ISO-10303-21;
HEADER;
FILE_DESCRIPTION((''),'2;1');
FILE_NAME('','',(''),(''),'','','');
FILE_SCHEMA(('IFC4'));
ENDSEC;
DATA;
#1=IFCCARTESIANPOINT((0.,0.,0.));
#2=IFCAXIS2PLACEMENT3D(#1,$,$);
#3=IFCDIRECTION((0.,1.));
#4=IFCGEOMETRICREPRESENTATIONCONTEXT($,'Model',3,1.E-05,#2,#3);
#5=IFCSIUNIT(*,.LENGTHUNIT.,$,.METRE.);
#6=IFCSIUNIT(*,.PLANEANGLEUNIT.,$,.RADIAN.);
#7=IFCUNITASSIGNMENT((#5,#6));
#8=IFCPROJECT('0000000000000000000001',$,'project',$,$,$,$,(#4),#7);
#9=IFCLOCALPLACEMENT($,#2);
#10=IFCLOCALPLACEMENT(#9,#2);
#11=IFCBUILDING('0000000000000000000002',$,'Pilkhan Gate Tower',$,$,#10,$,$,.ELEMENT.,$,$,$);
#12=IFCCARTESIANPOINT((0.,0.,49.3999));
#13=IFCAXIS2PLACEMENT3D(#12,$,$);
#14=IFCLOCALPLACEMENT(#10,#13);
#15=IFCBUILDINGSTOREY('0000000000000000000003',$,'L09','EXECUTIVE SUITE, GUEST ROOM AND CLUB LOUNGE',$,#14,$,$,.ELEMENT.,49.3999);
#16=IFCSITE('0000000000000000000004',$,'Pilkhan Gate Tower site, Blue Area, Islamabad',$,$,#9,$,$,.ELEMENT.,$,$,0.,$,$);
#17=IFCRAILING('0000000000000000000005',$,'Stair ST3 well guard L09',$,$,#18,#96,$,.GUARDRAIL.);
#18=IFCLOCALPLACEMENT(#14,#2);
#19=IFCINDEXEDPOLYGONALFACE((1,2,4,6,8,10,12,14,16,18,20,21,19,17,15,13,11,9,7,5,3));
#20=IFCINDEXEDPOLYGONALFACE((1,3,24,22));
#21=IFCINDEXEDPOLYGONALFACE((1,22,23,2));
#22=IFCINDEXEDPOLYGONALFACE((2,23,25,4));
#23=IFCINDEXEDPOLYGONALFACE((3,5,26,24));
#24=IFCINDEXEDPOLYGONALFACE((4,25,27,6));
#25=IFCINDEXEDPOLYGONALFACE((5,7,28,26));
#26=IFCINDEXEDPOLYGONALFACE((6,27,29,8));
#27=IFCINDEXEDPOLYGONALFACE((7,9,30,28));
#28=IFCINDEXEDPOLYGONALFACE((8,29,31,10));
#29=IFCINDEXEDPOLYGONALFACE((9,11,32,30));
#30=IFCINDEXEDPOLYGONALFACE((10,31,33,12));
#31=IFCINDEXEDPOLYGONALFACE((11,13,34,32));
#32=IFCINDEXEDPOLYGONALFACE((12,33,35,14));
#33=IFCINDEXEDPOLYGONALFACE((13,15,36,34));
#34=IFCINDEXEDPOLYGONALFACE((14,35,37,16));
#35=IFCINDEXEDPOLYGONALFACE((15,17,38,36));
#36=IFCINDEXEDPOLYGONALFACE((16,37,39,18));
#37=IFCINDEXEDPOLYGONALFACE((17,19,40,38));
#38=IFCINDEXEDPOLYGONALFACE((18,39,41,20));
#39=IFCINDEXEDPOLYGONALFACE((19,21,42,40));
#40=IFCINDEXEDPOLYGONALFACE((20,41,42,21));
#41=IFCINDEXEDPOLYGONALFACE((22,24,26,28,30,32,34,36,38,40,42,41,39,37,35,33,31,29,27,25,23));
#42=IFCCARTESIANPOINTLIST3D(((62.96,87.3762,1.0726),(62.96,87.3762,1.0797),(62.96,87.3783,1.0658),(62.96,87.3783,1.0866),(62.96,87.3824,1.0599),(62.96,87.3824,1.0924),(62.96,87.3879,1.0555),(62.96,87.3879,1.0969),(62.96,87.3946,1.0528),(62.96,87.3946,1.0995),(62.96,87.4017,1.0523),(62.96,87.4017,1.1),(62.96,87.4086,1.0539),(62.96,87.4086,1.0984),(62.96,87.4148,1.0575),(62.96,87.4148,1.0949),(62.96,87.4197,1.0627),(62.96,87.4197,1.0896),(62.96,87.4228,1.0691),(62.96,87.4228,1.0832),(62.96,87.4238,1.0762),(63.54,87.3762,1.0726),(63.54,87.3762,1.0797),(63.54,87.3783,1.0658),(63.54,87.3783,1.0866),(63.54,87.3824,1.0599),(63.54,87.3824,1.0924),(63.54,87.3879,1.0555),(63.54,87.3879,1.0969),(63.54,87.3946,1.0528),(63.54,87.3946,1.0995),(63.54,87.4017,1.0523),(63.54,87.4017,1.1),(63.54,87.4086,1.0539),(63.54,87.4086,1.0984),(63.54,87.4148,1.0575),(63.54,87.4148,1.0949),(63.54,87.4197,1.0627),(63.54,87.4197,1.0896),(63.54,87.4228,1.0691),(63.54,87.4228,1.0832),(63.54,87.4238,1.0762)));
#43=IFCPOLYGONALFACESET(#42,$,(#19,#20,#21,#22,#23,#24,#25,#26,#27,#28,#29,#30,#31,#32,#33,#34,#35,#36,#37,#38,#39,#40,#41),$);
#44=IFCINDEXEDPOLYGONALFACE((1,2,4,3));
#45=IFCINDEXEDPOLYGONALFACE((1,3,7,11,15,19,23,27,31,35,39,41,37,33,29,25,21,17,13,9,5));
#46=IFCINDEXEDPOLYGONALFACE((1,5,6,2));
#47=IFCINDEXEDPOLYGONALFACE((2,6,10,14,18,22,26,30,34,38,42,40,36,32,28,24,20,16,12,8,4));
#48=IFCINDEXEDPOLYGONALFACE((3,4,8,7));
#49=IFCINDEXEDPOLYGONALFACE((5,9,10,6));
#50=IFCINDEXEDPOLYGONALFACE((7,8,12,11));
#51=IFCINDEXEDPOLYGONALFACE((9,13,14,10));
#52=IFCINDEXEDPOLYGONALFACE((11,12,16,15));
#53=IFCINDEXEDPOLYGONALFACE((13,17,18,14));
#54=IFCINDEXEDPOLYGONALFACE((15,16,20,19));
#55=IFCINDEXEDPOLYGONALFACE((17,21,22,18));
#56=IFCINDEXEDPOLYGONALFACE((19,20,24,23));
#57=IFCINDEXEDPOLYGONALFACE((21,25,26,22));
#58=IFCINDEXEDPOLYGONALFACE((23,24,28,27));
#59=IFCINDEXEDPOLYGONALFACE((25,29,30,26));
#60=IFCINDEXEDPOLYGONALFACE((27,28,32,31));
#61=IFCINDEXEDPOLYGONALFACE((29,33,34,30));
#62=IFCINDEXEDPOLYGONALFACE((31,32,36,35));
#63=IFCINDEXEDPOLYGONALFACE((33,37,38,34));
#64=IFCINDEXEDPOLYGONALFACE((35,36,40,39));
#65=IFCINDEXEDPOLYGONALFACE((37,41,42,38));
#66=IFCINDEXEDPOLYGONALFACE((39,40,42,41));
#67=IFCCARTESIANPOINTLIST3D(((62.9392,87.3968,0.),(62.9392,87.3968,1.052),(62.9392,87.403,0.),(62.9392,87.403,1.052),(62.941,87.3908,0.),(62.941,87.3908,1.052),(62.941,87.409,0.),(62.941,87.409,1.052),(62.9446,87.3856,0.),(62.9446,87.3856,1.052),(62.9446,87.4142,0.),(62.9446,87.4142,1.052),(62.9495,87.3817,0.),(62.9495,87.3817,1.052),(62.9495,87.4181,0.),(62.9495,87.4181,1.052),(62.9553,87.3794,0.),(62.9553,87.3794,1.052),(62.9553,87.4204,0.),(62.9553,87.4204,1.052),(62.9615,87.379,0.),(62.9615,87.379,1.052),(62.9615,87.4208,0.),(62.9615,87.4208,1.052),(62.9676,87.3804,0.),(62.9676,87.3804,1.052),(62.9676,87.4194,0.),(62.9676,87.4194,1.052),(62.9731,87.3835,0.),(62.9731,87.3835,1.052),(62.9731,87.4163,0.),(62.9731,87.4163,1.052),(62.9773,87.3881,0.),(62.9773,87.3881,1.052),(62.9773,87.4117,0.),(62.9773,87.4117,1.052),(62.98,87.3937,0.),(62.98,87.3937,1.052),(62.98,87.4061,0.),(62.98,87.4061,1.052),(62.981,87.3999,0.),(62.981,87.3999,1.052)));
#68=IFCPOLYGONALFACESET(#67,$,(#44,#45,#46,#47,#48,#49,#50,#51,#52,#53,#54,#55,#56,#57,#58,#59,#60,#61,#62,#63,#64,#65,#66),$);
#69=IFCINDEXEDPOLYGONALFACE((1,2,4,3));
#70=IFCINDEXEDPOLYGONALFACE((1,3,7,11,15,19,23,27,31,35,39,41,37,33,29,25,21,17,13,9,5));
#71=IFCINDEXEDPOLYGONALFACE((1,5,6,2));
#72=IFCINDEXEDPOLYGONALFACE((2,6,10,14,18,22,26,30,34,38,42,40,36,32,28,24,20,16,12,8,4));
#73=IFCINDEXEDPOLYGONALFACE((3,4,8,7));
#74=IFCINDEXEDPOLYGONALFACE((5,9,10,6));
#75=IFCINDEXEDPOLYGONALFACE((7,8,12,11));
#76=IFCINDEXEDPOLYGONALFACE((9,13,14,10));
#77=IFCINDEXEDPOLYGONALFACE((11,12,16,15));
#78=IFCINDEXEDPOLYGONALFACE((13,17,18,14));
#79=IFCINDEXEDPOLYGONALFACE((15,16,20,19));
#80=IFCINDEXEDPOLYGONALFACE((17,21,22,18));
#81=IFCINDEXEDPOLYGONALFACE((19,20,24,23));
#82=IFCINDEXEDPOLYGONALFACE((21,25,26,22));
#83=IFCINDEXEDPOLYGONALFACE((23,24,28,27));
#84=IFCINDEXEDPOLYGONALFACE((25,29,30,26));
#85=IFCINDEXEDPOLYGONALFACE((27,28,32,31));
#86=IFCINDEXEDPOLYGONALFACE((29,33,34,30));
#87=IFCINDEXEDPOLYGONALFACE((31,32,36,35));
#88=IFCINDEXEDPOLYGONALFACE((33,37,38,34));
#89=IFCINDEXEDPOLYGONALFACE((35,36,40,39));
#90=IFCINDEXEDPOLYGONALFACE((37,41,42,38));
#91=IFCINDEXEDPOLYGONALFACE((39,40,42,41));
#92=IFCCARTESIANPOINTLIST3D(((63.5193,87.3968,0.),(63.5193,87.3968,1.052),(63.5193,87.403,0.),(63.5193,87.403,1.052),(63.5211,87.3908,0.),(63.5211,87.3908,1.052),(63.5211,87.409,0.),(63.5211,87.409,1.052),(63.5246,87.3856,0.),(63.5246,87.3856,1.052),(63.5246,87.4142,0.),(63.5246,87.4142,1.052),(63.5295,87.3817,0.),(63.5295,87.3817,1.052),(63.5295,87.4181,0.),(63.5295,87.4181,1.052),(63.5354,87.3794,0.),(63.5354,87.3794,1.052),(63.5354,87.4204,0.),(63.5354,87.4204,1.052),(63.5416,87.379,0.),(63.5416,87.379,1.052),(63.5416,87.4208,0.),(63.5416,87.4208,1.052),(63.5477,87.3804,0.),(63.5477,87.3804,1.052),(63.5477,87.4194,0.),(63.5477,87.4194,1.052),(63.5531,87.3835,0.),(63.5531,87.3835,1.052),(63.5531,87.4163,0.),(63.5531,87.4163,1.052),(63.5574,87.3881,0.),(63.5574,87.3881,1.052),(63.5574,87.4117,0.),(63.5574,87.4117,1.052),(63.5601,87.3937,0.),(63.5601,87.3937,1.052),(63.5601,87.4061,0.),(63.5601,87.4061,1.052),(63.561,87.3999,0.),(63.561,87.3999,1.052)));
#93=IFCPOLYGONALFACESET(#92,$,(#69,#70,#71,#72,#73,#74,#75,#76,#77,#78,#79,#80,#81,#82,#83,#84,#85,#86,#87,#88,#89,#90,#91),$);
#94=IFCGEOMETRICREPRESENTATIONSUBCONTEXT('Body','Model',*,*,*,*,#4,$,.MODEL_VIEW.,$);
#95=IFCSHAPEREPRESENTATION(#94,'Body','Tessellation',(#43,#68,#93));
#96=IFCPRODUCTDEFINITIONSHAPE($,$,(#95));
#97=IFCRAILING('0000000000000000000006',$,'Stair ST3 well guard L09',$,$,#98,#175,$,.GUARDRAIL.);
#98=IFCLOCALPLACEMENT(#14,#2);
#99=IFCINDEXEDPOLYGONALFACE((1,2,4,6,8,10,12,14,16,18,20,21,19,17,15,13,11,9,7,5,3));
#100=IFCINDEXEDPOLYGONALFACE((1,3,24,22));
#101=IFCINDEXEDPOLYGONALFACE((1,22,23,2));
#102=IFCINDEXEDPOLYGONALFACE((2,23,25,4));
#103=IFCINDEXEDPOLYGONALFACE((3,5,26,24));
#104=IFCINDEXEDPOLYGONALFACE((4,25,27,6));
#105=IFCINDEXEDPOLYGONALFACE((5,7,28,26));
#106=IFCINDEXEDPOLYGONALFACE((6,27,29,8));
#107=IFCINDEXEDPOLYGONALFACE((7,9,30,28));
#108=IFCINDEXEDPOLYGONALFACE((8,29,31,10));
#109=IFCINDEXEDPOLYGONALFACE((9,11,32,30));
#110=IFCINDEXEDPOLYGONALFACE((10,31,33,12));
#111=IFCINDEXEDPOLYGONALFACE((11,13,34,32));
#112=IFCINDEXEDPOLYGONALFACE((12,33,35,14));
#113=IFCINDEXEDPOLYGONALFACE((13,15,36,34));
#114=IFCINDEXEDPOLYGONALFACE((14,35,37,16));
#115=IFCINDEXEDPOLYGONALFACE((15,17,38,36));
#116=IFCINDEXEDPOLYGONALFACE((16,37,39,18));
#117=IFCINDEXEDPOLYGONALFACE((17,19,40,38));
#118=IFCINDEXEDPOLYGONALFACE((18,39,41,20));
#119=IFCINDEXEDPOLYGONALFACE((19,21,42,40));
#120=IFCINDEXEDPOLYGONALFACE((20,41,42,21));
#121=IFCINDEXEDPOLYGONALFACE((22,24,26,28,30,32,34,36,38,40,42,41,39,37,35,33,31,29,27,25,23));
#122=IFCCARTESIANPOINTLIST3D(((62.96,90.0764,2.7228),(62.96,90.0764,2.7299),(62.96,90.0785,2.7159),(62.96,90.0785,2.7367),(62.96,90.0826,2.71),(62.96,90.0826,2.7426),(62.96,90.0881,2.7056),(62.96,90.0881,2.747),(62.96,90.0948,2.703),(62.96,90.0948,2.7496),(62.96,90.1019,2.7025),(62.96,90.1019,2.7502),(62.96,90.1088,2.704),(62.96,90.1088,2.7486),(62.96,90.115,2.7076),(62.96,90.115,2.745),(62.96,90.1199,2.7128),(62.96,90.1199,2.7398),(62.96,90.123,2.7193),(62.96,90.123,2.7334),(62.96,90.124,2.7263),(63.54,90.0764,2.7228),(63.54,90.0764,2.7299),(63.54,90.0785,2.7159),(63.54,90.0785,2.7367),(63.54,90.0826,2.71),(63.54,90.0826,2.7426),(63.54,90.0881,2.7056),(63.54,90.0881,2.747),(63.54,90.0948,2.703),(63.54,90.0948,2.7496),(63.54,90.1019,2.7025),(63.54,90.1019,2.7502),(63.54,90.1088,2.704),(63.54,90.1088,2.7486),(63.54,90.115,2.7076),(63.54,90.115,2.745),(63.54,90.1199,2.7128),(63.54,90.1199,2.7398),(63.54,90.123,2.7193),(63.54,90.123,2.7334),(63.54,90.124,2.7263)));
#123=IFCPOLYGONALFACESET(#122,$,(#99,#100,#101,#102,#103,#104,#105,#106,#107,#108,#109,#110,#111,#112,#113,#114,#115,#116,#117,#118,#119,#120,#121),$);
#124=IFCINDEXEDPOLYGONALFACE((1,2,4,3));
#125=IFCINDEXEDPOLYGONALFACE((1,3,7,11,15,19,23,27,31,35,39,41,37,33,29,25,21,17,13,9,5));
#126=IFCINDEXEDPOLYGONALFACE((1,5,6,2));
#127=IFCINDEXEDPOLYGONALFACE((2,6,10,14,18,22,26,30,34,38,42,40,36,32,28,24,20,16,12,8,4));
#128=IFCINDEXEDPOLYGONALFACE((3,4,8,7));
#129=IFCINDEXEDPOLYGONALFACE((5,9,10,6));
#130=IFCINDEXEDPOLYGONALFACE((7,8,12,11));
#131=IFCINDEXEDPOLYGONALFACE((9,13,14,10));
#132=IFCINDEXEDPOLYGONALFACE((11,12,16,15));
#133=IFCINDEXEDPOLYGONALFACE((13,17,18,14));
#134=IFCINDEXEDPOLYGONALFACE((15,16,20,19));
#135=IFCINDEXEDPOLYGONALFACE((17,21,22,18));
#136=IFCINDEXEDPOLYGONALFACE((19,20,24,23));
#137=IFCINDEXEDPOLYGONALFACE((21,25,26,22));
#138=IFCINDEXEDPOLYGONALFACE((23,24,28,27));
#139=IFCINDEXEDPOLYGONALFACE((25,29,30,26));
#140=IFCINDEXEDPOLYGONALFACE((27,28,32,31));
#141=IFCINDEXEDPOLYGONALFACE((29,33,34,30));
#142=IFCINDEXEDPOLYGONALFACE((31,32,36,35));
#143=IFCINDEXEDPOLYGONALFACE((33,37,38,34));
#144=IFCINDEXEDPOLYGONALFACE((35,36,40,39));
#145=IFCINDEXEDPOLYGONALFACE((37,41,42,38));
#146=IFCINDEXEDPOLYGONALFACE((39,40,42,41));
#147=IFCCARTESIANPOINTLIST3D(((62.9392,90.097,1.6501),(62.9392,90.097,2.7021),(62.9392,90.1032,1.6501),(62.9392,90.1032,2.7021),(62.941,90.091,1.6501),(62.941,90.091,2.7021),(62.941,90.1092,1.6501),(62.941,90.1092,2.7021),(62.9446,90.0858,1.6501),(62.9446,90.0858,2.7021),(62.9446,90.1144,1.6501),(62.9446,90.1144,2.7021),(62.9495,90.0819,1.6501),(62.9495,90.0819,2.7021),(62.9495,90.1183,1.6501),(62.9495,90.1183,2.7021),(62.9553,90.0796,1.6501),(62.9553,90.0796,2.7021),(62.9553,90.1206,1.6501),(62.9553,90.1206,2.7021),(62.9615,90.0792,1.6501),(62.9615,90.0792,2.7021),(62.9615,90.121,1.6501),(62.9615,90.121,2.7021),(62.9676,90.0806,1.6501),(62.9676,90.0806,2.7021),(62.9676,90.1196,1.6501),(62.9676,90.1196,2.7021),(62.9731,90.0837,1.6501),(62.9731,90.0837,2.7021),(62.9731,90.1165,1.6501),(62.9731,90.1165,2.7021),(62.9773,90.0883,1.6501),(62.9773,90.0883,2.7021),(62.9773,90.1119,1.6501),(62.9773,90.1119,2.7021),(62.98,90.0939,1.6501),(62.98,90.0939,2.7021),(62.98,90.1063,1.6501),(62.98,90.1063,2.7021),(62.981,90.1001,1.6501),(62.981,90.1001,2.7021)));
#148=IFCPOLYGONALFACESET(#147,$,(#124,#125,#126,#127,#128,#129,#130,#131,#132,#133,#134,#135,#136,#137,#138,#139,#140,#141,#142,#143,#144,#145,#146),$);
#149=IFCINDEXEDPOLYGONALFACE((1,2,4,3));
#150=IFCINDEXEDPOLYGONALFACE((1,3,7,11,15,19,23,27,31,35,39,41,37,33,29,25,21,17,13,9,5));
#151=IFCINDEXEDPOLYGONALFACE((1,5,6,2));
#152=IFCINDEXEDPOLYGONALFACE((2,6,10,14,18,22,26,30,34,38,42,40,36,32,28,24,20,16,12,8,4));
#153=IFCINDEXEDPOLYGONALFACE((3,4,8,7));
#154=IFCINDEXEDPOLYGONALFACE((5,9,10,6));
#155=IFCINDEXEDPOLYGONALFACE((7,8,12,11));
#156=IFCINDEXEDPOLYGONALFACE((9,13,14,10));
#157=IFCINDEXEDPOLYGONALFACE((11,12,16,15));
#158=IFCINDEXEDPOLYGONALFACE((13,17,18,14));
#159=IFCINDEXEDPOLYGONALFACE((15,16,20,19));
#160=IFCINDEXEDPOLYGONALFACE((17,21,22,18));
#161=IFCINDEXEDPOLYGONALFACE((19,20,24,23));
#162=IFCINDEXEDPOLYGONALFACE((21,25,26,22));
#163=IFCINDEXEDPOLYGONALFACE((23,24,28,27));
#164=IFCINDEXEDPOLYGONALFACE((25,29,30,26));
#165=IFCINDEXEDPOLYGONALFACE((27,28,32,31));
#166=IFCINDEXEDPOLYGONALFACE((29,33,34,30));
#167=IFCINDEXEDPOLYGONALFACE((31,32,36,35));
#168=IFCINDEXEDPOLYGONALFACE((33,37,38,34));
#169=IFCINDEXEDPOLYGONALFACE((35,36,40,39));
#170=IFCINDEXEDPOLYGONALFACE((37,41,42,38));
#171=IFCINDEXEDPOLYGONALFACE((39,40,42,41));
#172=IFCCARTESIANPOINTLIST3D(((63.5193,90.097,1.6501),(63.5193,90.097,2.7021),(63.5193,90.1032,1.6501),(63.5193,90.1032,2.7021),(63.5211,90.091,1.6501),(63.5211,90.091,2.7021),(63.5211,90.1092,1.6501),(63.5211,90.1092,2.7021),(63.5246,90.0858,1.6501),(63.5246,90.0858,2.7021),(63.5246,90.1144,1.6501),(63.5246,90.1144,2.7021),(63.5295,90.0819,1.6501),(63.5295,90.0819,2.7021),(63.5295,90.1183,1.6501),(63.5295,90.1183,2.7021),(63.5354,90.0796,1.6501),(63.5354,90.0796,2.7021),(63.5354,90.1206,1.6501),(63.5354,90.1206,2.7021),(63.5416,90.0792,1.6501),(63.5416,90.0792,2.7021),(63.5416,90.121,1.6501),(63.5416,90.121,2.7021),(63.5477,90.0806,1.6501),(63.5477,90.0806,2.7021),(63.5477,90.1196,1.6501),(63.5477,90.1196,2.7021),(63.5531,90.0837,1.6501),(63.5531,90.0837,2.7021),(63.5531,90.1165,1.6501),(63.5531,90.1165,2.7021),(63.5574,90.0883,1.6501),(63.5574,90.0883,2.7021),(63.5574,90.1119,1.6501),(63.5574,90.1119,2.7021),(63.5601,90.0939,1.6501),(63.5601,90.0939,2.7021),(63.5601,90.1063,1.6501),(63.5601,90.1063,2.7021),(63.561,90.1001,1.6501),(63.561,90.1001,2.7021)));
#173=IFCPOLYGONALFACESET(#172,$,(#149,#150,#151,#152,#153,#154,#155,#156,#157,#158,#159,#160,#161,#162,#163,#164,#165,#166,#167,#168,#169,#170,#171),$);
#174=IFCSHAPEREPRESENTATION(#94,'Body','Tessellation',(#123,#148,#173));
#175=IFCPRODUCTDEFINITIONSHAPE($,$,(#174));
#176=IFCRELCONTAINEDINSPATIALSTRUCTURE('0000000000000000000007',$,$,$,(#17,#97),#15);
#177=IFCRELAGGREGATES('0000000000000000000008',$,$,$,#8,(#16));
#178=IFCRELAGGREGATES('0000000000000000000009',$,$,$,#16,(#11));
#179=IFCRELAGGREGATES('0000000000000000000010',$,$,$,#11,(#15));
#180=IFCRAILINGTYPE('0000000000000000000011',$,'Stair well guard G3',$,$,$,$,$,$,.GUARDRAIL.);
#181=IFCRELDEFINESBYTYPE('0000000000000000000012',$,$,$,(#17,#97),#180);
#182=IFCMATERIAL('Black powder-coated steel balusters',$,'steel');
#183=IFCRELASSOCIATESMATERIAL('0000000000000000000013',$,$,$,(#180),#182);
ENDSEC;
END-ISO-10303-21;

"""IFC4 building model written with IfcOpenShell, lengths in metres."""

from ifc_helpers import new_model, si_unit, direction, frame, origin, origin_2d, place, context, subcontext, project, spatial, circle, extrude, material, type_object, element, save


model = new_model("IFC4")

# Units and contexts
model_context = context("Model", 3, precision=1e-05, world=origin(), true_north=direction((0.0, 1.0)))
body_context = subcontext(model_context, "Body", "Model", "MODEL_VIEW")
ifc_project = project(units=[si_unit("LENGTHUNIT", "METRE"), si_unit("PLANEANGLEUNIT", "RADIAN")], contexts=[model_context])

# Site, building, storey
site_placement = place(None, origin())
site = spatial("IfcSite", under=ifc_project, at=site_placement, Name="Pilkhan Gate Tower site, Blue Area, Islamabad", CompositionType="ELEMENT", RefElevation=0.0)
building_placement = place(site_placement, origin())
building = spatial("IfcBuilding", under=site, at=building_placement, Name="Pilkhan Gate Tower", CompositionType="ELEMENT")
storey_placement = place(building_placement, frame((0.0, 0.0, 49.3999)))
storey = spatial("IfcBuildingStorey", under=building, at=storey_placement, Name="L09", Description="EXECUTIVE SUITE, GUEST ROOM AND CLUB LOUNGE", CompositionType="ELEMENT", Elevation=49.3999)

# Railings
ifc_material_1 = material(Name="Black powder-coated steel balusters", Category="steel")
railing_type_1 = type_object("IfcRailingType", Name="Stair well guard G3", PredefinedType="GUARDRAIL", material=ifc_material_1)
for number, where, name in (
    (1, (62.96, 87.3999, 0.0), "Stair ST3 well guard L09"),
    (2, (62.96, 90.1001, 1.6501), "Stair ST3 well guard L09"),
):
    element("IfcRailing", number, at=place(storey_placement, frame(where)), inside=storey, type_object=railing_type_1, Name=name, PredefinedType="GUARDRAIL", context=body_context, shape_type="SweptSolid", body=[
        extrude(circle(Radius=0.0239, at=origin_2d()), frame((0.0, 0.0, 1.0762), z_axis=(1.0, 0.0, 0.0), x_axis=(0.0, 1.0, 0.0)), (0.0, 0.0, 1.0), 0.5801),
        extrude(circle(Radius=0.021, at=origin_2d()), origin(), (0.0, 0.0, 1.0), 1.052),
        extrude(circle(Radius=0.021, at=origin_2d()), frame((0.5801, 0.0, 0.0)), (0.0, 0.0, 1.0), 1.052),
    ])

save(model, "model.ifc")
